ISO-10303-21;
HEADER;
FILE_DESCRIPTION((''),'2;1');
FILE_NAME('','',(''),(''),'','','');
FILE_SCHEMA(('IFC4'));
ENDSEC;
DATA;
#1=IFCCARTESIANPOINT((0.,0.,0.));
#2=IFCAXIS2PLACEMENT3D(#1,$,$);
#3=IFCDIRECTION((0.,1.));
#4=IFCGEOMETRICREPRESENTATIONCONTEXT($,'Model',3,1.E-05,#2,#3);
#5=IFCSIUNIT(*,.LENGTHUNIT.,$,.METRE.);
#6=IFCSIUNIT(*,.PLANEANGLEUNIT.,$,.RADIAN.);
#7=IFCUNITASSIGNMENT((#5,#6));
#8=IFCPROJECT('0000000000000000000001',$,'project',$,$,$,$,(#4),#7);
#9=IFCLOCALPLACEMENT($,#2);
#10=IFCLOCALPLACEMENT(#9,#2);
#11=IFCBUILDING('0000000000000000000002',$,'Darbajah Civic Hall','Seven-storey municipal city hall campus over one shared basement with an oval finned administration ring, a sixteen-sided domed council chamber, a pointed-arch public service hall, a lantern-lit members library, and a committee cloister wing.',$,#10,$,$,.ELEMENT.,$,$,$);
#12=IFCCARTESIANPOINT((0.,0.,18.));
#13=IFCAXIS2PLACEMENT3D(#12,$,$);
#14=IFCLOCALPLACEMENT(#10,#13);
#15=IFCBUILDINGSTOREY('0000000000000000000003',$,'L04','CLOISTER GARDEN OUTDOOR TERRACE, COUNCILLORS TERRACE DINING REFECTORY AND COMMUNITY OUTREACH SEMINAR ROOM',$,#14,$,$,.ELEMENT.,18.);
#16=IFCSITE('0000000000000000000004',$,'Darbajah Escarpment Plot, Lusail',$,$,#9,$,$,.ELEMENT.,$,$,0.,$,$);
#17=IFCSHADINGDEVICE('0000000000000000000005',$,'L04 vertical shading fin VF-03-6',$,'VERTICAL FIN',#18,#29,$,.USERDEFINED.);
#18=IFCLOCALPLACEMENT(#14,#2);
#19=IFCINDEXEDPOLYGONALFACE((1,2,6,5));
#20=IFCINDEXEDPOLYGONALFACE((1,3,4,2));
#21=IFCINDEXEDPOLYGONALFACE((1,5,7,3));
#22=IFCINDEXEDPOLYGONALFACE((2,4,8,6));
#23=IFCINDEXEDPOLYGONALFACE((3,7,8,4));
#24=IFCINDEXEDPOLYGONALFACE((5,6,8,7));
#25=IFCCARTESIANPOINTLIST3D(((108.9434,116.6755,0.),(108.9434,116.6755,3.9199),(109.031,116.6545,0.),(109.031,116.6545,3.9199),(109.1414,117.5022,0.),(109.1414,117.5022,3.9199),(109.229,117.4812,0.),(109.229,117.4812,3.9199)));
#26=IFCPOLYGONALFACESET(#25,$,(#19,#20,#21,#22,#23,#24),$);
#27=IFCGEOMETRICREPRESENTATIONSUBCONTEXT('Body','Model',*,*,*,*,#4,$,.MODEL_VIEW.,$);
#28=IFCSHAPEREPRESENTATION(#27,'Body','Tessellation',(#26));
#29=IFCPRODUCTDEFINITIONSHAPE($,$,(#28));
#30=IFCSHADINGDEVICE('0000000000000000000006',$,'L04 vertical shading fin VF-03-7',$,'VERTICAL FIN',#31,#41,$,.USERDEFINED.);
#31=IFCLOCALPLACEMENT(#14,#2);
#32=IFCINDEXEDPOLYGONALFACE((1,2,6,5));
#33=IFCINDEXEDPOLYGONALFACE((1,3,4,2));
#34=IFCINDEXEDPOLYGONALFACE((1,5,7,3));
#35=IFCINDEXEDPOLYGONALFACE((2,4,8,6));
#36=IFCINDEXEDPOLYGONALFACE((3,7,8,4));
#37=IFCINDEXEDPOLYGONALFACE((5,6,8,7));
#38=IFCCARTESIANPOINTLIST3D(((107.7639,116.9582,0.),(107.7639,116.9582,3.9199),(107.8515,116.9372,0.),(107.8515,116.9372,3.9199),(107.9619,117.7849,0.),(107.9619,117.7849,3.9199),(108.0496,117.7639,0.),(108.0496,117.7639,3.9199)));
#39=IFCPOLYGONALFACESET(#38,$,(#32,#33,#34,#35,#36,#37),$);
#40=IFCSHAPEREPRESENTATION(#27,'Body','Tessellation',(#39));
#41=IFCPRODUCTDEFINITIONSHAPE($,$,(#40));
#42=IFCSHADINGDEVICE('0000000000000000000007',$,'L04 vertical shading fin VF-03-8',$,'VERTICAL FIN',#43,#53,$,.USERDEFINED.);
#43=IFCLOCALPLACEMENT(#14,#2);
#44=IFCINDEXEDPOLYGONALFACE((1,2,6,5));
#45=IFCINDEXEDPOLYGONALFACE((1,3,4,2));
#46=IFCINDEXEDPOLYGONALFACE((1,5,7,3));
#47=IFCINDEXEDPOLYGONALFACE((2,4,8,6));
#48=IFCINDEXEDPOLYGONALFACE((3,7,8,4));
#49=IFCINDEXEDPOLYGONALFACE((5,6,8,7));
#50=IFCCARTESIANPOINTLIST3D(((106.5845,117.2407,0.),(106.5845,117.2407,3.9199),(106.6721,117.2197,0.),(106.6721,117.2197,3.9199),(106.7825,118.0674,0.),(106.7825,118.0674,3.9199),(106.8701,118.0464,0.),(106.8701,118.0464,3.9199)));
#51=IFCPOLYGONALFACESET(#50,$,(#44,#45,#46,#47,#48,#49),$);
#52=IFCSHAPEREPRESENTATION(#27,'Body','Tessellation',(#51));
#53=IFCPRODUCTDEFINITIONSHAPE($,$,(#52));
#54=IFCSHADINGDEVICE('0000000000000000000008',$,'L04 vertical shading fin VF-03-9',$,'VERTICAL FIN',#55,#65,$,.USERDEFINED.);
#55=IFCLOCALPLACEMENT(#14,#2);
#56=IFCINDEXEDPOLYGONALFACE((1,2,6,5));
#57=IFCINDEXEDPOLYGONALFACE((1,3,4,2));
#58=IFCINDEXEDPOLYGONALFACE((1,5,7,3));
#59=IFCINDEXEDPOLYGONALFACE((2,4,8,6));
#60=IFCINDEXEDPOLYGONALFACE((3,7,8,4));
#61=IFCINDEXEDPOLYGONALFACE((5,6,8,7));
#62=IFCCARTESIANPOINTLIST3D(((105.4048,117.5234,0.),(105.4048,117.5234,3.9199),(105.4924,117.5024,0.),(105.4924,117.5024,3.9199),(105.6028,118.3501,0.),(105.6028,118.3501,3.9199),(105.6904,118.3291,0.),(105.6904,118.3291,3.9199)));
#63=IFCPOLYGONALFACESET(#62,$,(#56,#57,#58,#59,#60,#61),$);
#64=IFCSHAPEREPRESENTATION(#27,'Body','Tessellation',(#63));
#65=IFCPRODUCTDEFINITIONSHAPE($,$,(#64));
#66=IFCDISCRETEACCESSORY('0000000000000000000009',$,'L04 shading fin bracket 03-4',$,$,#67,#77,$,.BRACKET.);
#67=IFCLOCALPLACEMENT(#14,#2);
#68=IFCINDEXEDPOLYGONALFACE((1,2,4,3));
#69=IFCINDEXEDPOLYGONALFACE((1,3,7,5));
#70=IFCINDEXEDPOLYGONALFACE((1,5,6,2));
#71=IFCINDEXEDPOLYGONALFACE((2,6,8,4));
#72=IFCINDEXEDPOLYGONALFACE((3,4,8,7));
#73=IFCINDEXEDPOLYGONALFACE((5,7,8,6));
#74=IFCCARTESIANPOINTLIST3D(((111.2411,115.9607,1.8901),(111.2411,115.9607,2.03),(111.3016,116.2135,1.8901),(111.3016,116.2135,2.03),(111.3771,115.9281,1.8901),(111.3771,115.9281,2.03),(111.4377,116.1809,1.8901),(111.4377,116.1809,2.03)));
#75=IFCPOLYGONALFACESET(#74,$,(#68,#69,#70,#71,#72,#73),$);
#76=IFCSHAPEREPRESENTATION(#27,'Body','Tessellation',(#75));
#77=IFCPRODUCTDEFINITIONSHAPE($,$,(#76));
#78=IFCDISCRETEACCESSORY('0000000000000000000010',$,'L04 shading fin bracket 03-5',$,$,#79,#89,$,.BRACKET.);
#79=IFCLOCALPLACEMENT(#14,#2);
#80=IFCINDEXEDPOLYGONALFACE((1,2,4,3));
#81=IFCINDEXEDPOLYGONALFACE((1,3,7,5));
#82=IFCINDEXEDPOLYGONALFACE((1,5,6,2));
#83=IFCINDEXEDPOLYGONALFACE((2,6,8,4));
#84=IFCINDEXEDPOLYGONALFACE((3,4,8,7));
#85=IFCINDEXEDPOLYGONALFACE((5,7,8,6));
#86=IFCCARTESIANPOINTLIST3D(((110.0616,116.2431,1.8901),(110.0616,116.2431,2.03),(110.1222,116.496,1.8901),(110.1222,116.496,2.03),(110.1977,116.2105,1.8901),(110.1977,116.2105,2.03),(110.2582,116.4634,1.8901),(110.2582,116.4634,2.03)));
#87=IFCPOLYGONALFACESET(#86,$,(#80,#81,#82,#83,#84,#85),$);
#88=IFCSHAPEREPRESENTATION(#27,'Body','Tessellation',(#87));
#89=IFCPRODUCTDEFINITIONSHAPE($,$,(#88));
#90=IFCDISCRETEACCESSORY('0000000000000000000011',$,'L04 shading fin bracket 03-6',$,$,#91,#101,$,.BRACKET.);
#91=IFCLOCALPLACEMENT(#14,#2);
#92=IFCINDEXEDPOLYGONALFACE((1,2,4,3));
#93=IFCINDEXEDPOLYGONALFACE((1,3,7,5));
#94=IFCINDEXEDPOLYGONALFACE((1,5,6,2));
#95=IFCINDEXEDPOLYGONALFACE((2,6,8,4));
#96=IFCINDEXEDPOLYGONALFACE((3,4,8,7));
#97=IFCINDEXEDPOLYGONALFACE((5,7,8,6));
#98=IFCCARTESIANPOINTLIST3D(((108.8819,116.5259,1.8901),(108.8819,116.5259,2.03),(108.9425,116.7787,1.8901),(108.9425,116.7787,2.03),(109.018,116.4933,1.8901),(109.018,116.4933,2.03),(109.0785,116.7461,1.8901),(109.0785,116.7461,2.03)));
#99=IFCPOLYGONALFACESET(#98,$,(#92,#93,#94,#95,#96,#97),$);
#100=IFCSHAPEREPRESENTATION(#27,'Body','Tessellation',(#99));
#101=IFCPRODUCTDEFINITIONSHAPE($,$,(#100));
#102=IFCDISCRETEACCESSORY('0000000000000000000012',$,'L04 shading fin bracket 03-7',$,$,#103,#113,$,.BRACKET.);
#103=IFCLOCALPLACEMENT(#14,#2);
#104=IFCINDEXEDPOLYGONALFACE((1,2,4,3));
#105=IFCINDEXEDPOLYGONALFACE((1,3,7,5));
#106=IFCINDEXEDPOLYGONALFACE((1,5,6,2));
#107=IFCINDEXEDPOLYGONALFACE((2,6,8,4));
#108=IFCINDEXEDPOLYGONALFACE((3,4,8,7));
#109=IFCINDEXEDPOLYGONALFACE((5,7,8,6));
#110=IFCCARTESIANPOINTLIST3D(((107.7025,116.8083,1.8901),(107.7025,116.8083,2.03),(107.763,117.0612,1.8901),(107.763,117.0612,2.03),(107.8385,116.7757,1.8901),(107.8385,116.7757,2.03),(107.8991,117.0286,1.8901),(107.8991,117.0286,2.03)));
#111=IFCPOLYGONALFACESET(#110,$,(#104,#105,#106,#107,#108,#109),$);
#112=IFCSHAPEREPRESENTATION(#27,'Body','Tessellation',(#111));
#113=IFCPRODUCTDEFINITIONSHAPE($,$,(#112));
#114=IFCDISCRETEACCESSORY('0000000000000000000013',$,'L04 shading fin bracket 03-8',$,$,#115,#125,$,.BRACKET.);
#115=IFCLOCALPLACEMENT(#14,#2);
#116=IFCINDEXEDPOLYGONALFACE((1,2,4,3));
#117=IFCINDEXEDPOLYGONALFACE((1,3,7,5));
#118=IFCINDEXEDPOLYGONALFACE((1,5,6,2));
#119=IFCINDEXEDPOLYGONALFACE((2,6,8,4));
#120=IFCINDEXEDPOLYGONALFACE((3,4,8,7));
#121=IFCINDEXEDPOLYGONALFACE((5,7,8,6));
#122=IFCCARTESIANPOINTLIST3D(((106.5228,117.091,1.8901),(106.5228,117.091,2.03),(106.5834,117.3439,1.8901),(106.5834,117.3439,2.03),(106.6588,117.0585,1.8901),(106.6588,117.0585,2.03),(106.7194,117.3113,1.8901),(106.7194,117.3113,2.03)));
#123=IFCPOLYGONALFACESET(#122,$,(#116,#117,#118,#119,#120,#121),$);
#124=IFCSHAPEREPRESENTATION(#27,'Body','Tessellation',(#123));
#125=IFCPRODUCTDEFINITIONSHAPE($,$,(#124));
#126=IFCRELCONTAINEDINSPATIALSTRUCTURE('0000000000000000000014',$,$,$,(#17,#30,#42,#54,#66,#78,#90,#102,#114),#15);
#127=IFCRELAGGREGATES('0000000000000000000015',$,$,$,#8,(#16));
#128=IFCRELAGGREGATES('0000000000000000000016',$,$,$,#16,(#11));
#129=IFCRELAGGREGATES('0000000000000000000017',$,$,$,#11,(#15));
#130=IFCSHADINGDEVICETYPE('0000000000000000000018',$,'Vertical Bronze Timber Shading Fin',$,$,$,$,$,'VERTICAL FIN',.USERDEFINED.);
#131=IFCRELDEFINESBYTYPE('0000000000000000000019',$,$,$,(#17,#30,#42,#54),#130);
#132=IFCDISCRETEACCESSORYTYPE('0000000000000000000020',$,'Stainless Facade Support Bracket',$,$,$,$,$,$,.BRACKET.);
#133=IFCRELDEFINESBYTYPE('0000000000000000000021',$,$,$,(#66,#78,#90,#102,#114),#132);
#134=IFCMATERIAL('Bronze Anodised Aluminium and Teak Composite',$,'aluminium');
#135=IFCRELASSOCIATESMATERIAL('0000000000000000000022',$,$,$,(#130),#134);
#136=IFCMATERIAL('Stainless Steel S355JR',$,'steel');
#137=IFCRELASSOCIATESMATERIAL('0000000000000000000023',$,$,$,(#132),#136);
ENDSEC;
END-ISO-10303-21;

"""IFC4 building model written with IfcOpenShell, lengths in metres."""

from ifc_helpers import new_model, si_unit, direction, frame, origin, origin_2d, place, context, subcontext, project, spatial, rectangle, extrude, material, type_object, element, save


model = new_model("IFC4")

# Units and contexts
model_context = context("Model", 3, precision=1e-05, world=origin(), true_north=direction((0.0, 1.0)))
body_context = subcontext(model_context, "Body", "Model", "MODEL_VIEW")
ifc_project = project(units=[si_unit("LENGTHUNIT", "METRE"), si_unit("PLANEANGLEUNIT", "RADIAN")], contexts=[model_context])

# Site, building, storey
site_placement = place(None, origin())
site = spatial("IfcSite", under=ifc_project, at=site_placement, Name="Darbajah Escarpment Plot, Lusail", CompositionType="ELEMENT", RefElevation=0.0)
building_placement = place(site_placement, origin())
building = spatial("IfcBuilding", under=site, at=building_placement, Name="Darbajah Civic Hall", Description="Seven-storey municipal city hall campus over one shared basement with an oval finned administration ring, a sixteen-sided domed council chamber, a pointed-arch public service hall, a lantern-lit members library, and a committee cloister wing.", CompositionType="ELEMENT")
storey_placement = place(building_placement, frame((0.0, 0.0, 18.0)))
storey = spatial("IfcBuildingStorey", under=building, at=storey_placement, Name="L04", Description="CLOISTER GARDEN OUTDOOR TERRACE, COUNCILLORS TERRACE DINING REFECTORY AND COMMUNITY OUTREACH SEMINAR ROOM", CompositionType="ELEMENT", Elevation=18.0)

# Shading devices
ifc_material_1 = material(Name="Bronze Anodised Aluminium and Teak Composite", Category="aluminium")
shading_device_type = type_object("IfcShadingDeviceType", Name="Vertical Bronze Timber Shading Fin", ElementType="VERTICAL FIN", PredefinedType="USERDEFINED", material=ifc_material_1)
for number, where, z_axis, x_axis, name in (
    (1, (109.0862, 117.0784, 0.0), (0.0, 0.0, 1.0), (0.232936, 0.972492, 0.0), "L04 vertical shading fin VF-03-6"),
    (2, (107.9067, 117.3611, 0.0), (0.0, 0.0, 1.0), (0.232936, 0.972492, 0.0), "L04 vertical shading fin VF-03-7"),
    (3, (106.7273, 117.6436, 0.0), (0.0, 0.0, 1.0), (0.232936, 0.972492, 0.0), "L04 vertical shading fin VF-03-8"),
    (4, (105.5476, 117.9263, 0.0), (0.0, 0.0, 1.0), (0.232936, 0.972492, 0.0), "L04 vertical shading fin VF-03-9"),
):
    element("IfcShadingDevice", number, at=place(storey_placement, frame(where, z_axis=z_axis, x_axis=x_axis)), inside=storey, type_object=shading_device_type, Name=name, ObjectType="VERTICAL FIN", PredefinedType="USERDEFINED", context=body_context, shape_type="SweptSolid", body=[
        extrude(rectangle(XDim=0.8501, YDim=0.0901, at=origin_2d()), origin(), (0.0, 0.0, 1.0), 3.9199),
    ])

# Discrete accessories
ifc_material_2 = material(Name="Stainless Steel S355JR", Category="steel")
discrete_accessory_type = type_object("IfcDiscreteAccessoryType", Name="Stainless Facade Support Bracket", PredefinedType="BRACKET", material=ifc_material_2)
for number, where, z_axis, x_axis, name in (
    (5, (111.3394, 116.0708, 1.8901), (0.0, 0.0, 1.0), (0.232936, 0.972492, 0.0), "L04 shading fin bracket 03-4"),
    (6, (110.1599, 116.3533, 1.8901), (0.0, 0.0, 1.0), (0.232936, 0.972492, 0.0), "L04 shading fin bracket 03-5"),
    (7, (108.9802, 116.636, 1.8901), (0.0, 0.0, 1.0), (0.232936, 0.972492, 0.0), "L04 shading fin bracket 03-6"),
    (8, (107.8008, 116.9185, 1.8901), (0.0, 0.0, 1.0), (0.232936, 0.972492, 0.0), "L04 shading fin bracket 03-7"),
    (9, (106.6211, 117.2012, 1.8901), (0.0, 0.0, 1.0), (0.232936, 0.972492, 0.0), "L04 shading fin bracket 03-8"),
):
    element("IfcDiscreteAccessory", number, at=place(storey_placement, frame(where, z_axis=z_axis, x_axis=x_axis)), inside=storey, type_object=discrete_accessory_type, Name=name, PredefinedType="BRACKET", context=body_context, shape_type="SweptSolid", body=[
        extrude(rectangle(XDim=0.26, YDim=0.1399, at=origin_2d()), origin(), (0.0, 0.0, 1.0), 0.1399),
    ])

save(model, "model.ifc")
